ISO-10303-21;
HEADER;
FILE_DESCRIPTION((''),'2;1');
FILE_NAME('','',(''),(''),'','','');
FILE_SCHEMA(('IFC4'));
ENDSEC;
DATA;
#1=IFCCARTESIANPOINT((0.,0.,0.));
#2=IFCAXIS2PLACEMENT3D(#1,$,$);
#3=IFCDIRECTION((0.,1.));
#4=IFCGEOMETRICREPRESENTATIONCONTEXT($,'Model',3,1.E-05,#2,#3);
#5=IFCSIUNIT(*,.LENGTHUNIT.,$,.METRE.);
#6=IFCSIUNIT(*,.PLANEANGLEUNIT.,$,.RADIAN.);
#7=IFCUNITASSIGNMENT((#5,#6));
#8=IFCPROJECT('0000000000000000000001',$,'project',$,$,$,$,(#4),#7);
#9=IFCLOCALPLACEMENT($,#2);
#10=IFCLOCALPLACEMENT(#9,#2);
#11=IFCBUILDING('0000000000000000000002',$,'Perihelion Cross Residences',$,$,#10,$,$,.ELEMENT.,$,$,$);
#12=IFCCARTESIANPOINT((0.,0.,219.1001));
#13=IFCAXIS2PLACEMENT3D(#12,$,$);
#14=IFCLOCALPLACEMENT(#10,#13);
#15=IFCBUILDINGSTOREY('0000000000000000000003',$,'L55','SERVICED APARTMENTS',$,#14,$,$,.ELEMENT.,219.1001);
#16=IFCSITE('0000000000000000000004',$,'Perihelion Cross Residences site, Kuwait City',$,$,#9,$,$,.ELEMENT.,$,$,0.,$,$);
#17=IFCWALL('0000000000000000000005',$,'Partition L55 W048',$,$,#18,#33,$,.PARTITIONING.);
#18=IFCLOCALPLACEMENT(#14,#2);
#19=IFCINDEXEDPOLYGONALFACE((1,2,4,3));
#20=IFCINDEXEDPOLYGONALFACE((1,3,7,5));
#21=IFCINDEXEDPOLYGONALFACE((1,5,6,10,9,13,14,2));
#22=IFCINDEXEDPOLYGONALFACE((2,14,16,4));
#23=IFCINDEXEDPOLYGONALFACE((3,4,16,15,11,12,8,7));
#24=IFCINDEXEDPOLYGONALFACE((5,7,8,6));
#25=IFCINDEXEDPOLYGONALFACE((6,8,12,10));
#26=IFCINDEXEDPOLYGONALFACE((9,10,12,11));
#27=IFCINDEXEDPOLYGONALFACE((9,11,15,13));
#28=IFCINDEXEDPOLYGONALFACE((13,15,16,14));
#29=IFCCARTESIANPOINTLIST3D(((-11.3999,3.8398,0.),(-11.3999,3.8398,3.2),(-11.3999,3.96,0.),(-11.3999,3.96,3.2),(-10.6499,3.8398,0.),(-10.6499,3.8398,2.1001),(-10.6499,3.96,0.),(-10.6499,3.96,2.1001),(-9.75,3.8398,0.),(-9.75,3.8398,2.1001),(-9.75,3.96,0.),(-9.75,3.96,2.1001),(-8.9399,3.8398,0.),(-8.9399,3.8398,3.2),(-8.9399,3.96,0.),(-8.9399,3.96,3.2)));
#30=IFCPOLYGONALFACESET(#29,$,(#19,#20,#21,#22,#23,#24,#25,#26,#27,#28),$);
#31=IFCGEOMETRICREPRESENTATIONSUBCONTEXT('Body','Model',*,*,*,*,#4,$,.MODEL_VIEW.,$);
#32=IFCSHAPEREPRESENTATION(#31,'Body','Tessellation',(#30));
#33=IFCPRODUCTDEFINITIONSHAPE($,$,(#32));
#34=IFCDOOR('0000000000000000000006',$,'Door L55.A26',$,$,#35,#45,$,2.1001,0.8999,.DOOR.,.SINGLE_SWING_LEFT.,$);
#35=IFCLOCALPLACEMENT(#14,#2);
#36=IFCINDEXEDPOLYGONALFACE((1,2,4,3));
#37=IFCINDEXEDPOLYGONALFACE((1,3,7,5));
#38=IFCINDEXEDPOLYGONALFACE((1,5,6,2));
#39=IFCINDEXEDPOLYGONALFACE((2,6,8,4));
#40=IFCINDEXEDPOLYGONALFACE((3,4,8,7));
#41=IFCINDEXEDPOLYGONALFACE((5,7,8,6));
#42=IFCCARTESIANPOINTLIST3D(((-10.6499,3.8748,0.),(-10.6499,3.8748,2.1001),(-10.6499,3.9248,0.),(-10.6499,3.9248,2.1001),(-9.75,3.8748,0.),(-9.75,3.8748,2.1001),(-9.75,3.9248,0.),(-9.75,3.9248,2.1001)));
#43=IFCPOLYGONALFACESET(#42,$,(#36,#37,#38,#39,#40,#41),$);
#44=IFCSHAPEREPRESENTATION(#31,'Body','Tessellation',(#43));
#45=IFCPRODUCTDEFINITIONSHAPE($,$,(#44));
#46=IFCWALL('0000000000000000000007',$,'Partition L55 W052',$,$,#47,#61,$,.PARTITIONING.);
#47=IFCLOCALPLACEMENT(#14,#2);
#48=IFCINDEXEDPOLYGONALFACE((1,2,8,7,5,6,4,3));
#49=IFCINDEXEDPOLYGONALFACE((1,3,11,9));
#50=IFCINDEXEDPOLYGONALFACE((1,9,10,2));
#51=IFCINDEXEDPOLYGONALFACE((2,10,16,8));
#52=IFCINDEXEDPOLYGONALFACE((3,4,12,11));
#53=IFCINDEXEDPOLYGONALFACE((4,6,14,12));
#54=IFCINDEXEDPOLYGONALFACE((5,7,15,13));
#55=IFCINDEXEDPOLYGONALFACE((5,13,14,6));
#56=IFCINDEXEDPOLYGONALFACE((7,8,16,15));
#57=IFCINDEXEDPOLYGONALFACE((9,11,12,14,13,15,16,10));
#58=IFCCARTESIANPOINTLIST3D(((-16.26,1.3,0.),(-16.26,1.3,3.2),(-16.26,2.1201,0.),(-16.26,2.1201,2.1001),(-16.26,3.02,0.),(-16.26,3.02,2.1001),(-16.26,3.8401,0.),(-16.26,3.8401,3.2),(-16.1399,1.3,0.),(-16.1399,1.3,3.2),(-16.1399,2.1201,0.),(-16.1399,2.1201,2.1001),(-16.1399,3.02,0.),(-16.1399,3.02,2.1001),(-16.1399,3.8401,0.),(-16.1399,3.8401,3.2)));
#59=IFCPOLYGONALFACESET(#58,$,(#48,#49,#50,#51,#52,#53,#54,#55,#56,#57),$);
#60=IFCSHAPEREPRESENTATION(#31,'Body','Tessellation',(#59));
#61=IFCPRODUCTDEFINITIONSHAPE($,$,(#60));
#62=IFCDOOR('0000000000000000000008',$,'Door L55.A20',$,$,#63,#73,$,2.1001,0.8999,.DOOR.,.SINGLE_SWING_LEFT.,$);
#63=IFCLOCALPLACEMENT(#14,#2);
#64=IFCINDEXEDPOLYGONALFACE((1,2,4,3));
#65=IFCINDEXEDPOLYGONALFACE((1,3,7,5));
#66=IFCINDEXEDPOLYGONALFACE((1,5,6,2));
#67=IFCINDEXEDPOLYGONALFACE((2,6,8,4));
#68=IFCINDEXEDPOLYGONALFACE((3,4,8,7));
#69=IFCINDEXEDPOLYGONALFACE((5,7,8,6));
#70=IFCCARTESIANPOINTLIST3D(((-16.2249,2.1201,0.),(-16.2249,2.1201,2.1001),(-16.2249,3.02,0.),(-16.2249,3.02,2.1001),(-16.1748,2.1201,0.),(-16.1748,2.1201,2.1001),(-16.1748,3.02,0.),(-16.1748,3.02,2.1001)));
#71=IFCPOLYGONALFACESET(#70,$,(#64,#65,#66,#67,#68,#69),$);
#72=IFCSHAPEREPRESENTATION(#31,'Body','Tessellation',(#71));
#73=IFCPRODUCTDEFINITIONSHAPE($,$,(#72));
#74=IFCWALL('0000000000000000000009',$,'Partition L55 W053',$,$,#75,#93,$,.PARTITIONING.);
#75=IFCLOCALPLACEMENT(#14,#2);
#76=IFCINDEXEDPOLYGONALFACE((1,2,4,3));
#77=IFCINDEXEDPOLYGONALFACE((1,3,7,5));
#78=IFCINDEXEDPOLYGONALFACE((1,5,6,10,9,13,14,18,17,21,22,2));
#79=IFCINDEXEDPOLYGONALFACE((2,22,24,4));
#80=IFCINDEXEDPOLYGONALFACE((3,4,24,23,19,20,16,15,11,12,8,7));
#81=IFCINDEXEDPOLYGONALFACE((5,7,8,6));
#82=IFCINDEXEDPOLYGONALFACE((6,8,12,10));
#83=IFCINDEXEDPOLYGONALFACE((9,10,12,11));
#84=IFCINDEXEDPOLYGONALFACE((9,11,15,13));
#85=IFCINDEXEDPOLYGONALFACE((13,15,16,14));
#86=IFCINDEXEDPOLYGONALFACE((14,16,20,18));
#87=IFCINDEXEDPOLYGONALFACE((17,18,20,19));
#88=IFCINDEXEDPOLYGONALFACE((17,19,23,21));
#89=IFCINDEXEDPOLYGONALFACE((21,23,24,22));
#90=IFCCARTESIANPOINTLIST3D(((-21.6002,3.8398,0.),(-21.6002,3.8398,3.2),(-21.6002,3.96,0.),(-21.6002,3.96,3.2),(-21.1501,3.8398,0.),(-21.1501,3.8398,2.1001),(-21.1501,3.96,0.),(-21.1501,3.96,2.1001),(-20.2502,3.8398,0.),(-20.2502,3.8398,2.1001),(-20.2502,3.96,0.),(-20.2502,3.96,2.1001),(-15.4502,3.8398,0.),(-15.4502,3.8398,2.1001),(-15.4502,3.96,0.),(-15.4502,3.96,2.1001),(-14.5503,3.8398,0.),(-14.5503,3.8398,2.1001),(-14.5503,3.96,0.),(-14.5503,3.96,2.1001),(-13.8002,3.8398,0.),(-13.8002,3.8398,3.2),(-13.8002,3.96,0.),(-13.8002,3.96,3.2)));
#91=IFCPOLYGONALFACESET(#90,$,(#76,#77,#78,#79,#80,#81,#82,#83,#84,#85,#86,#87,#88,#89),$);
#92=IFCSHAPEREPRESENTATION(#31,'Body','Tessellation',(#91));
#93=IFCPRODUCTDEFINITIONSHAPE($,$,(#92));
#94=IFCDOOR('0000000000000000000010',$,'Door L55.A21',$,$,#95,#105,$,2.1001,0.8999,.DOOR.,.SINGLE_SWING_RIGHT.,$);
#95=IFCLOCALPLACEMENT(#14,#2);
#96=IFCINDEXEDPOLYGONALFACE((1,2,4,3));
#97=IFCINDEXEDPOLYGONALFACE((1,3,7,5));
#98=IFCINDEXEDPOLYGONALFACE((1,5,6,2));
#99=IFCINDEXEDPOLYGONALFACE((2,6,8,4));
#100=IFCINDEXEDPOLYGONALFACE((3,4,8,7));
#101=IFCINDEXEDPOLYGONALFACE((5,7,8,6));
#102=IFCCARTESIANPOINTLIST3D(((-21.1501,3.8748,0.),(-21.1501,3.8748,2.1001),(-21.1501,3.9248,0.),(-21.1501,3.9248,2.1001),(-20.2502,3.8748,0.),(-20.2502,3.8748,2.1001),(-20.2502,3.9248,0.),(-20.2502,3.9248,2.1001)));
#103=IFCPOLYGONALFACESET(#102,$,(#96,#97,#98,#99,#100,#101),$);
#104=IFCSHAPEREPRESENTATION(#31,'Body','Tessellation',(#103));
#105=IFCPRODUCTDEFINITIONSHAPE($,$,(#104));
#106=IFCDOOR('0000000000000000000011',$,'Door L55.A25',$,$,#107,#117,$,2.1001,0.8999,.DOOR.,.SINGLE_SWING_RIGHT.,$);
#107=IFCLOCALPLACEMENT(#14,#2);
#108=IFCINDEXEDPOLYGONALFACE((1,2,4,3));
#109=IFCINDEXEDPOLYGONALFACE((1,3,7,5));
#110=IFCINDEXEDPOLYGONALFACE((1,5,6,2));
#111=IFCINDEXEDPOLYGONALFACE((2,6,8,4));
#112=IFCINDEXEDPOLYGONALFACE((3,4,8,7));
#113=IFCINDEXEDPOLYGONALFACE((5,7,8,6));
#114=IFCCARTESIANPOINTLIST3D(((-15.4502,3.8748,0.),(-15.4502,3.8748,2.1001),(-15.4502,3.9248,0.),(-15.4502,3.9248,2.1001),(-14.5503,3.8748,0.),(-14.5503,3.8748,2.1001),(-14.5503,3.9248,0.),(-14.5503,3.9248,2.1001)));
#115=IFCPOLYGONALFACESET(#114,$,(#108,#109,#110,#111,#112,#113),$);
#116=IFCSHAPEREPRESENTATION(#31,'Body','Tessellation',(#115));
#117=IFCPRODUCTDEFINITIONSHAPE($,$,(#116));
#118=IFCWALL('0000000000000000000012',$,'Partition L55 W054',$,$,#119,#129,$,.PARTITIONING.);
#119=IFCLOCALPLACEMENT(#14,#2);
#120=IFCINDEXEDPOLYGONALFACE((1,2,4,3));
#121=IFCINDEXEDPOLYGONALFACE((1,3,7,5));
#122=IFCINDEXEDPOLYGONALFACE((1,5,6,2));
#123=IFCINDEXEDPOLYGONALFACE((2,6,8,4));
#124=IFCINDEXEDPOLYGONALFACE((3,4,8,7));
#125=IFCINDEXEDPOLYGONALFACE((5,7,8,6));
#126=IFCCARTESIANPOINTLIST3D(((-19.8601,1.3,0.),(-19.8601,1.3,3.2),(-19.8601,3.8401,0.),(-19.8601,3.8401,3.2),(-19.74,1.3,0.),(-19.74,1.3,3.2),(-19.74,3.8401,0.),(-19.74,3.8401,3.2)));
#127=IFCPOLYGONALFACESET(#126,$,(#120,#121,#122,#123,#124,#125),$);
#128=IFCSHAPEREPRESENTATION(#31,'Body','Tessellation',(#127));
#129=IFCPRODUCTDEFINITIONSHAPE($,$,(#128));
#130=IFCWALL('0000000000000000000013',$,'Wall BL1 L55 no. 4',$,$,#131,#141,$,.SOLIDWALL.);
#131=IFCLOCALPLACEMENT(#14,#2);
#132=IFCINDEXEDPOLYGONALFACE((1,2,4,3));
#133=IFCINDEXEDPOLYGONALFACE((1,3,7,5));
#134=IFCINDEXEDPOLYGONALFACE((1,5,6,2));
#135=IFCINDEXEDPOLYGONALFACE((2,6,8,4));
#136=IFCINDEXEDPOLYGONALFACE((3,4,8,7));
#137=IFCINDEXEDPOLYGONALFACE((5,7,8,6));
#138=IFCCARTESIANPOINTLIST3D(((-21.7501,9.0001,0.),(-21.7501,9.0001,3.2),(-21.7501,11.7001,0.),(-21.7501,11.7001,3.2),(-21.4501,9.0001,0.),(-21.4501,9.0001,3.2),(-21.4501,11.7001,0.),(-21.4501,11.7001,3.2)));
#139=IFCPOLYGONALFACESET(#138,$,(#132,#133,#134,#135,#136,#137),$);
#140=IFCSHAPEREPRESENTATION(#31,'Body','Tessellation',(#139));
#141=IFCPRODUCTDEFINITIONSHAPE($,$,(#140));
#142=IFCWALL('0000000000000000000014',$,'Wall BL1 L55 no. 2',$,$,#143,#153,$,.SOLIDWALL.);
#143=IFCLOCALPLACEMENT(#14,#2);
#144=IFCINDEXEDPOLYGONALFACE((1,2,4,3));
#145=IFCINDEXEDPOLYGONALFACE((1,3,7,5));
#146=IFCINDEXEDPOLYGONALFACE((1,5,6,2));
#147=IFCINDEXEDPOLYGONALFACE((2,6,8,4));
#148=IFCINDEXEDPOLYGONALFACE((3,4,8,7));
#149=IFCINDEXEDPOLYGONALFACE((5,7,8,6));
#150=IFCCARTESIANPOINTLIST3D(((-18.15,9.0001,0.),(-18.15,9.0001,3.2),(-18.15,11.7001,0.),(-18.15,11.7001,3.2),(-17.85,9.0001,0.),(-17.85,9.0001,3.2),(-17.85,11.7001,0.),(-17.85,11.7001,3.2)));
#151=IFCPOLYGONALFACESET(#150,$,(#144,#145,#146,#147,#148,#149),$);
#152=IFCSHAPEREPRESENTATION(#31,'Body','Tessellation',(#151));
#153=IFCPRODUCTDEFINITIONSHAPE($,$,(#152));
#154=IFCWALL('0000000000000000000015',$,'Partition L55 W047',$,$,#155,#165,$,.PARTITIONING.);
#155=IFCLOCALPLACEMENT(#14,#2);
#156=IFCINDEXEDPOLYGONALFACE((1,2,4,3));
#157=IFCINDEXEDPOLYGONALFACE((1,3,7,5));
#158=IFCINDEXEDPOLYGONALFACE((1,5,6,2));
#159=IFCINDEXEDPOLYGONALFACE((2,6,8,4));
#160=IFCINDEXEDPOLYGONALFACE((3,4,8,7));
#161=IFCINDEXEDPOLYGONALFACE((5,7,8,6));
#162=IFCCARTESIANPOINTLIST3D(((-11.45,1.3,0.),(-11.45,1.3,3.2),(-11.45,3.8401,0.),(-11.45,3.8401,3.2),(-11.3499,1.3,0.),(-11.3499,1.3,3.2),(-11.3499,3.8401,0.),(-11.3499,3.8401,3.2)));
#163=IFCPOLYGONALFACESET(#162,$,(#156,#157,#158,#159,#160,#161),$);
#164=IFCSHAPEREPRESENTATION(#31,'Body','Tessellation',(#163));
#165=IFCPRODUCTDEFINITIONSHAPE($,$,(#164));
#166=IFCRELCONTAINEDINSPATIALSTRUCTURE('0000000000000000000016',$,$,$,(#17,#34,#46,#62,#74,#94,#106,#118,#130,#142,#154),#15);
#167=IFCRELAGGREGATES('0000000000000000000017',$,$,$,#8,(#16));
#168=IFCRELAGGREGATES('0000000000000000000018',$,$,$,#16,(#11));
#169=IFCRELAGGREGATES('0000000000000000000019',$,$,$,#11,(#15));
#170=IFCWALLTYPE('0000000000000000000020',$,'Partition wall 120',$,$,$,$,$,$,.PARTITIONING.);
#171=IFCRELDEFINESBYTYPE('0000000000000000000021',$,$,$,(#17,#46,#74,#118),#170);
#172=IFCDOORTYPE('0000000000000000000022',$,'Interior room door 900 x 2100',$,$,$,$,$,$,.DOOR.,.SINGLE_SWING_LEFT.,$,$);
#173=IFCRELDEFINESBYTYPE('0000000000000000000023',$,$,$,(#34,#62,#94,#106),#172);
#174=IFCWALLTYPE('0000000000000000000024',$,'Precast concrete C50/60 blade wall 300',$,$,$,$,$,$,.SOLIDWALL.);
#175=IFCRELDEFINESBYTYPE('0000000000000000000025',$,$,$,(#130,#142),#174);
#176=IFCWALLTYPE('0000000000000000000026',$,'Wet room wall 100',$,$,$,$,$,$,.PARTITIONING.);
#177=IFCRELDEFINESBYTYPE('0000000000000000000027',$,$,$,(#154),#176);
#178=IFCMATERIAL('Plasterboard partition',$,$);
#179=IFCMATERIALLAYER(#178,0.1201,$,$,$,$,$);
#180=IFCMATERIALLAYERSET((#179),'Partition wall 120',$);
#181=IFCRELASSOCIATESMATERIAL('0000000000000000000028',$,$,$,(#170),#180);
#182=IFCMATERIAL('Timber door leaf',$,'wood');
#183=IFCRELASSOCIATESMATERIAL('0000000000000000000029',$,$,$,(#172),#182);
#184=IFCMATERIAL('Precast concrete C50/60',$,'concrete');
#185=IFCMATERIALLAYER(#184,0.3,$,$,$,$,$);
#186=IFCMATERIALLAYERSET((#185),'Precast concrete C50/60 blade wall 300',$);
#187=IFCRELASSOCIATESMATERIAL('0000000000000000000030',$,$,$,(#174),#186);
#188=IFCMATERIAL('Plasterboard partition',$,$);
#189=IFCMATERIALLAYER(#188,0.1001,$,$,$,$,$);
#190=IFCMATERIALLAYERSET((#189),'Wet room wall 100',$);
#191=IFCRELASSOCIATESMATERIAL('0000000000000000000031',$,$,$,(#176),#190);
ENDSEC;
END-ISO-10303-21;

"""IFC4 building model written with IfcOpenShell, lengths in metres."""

from ifc_helpers import new_model, si_unit, direction, frame, frame_2d, origin, place, context, subcontext, project, spatial, rectangle, extrude, material, layer, layer_set, type_object, element, fill, save


model = new_model("IFC4")

# Units and contexts
model_context = context("Model", 3, precision=1e-05, world=origin(), true_north=direction((0.0, 1.0)))
body_context = subcontext(model_context, "Body", "Model", "MODEL_VIEW")
ifc_project = project(units=[si_unit("LENGTHUNIT", "METRE"), si_unit("PLANEANGLEUNIT", "RADIAN")], contexts=[model_context])

# Site, building, storey
site_placement = place(None, origin())
site = spatial("IfcSite", under=ifc_project, at=site_placement, Name="Perihelion Cross Residences site, Kuwait City", CompositionType="ELEMENT", RefElevation=0.0)
building_placement = place(site_placement, origin())
building = spatial("IfcBuilding", under=site, at=building_placement, Name="Perihelion Cross Residences", CompositionType="ELEMENT")
storey_placement = place(building_placement, frame((0.0, 0.0, 219.1001)))
storey = spatial("IfcBuildingStorey", under=building, at=storey_placement, Name="L55", Description="SERVICED APARTMENTS", CompositionType="ELEMENT", Elevation=219.1001)

# Walls, openings, doors
ifc_material_1 = material(Name="Plasterboard partition")
ifc_layer_1 = layer(ifc_material_1, 0.1201)
ifc_layer_set_1 = layer_set([ifc_layer_1], Name="Partition wall 120")
wall_type_1 = type_object("IfcWallType", Name="Partition wall 120", PredefinedType="PARTITIONING", material=ifc_layer_set_1)
wall_1_placement = place(storey_placement, frame((-11.3999, 3.8999, 0.0), z_axis=(0.0, 0.0, 1.0), x_axis=(1.0, 0.0, 0.0)))
wall_1 = element("IfcWall", 1, at=wall_1_placement, inside=storey, type_object=wall_type_1, Name="Partition L55 W048", PredefinedType="PARTITIONING", context=body_context, shape_type="SweptSolid", body=[
    extrude(rectangle(XDim=2.46, YDim=0.1201, at=frame_2d((1.23, 0.0))), origin(), (0.0, 0.0, 1.0), 3.2),
])
opening_1_placement = place(wall_1_placement, frame((0.75, 0.0, 0.0)))
opening_1 = element("IfcOpeningElement", 2, at=opening_1_placement, cuts=wall_1, PredefinedType="OPENING", context=body_context, shape_type="SweptSolid", body=[
    extrude(rectangle(XDim=0.8999, YDim=2.1001, at=frame_2d((0.45, 1.05))), frame((0.0, 0.0701, 0.0), z_axis=(0.0, -1.0, 0.0), x_axis=(1.0, 0.0, 0.0)), (0.0, 0.0, 1.0), 0.1401),
])
ifc_material_2 = material(Name="Timber door leaf", Category="wood")
door_type_1 = type_object("IfcDoorType", Name="Interior room door 900 x 2100", OperationType="SINGLE_SWING_LEFT", PredefinedType="DOOR", material=ifc_material_2)
door_1_placement = place(opening_1_placement, origin())
door_1 = element("IfcDoor", 3, at=door_1_placement, inside=storey, type_object=door_type_1, Name="Door L55.A26", OperationType="SINGLE_SWING_LEFT", OverallHeight=2.1001, OverallWidth=0.8999, PredefinedType="DOOR", context=body_context, shape_type="SweptSolid", body=[
    extrude(rectangle(XDim=0.8999, YDim=2.1001, at=frame_2d((0.45, 1.05))), frame((0.0, 0.0249, 0.0), z_axis=(0.0, -1.0, 0.0), x_axis=(1.0, 0.0, 0.0)), (0.0, 0.0, 1.0), 0.05),
])
fill(opening_1, door_1)
wall_2_placement = place(storey_placement, frame((-16.2, 1.3, 0.0), z_axis=(0.0, 0.0, 1.0), x_axis=(0.0, 1.0, 0.0)))
wall_2 = element("IfcWall", 4, at=wall_2_placement, inside=storey, type_object=wall_type_1, Name="Partition L55 W052", PredefinedType="PARTITIONING", context=body_context, shape_type="SweptSolid", body=[
    extrude(rectangle(XDim=2.54, YDim=0.1201, at=frame_2d((1.27, 0.0))), origin(), (0.0, 0.0, 1.0), 3.2),
])
opening_2_placement = place(wall_2_placement, frame((0.8201, 0.0, 0.0)))
opening_2 = element("IfcOpeningElement", 5, at=opening_2_placement, cuts=wall_2, PredefinedType="OPENING", context=body_context, shape_type="SweptSolid", body=[
    extrude(rectangle(XDim=0.8999, YDim=2.1001, at=frame_2d((0.45, 1.05))), frame((0.0, 0.0701, 0.0), z_axis=(0.0, -1.0, 0.0), x_axis=(1.0, 0.0, 0.0)), (0.0, 0.0, 1.0), 0.1401),
])
door_2_placement = place(opening_2_placement, origin())
door_2 = element("IfcDoor", 6, at=door_2_placement, inside=storey, type_object=door_type_1, Name="Door L55.A20", OperationType="SINGLE_SWING_LEFT", OverallHeight=2.1001, OverallWidth=0.8999, PredefinedType="DOOR", context=body_context, shape_type="SweptSolid", body=[
    extrude(rectangle(XDim=0.8999, YDim=2.1001, at=frame_2d((0.45, 1.05))), frame((0.0, 0.0249, 0.0), z_axis=(0.0, -1.0, 0.0), x_axis=(1.0, 0.0, 0.0)), (0.0, 0.0, 1.0), 0.05),
])
fill(opening_2, door_2)

# Wall, openings, doors
wall_3_placement = place(storey_placement, frame((-21.6001, 3.8999, 0.0), z_axis=(0.0, 0.0, 1.0), x_axis=(1.0, 0.0, 0.0)))
wall_3 = element("IfcWall", 7, at=wall_3_placement, inside=storey, type_object=wall_type_1, Name="Partition L55 W053", PredefinedType="PARTITIONING", context=body_context, shape_type="SweptSolid", body=[
    extrude(rectangle(XDim=7.8, YDim=0.1201, at=frame_2d((3.8999, 0.0))), origin(), (0.0, 0.0, 1.0), 3.2),
])
opening_3_placement = place(wall_3_placement, frame((0.45, 0.0, 0.0)))
opening_3 = element("IfcOpeningElement", 8, at=opening_3_placement, cuts=wall_3, PredefinedType="OPENING", context=body_context, shape_type="SweptSolid", body=[
    extrude(rectangle(XDim=0.8999, YDim=2.1001, at=frame_2d((0.45, 1.05))), frame((0.0, 0.0701, 0.0), z_axis=(0.0, -1.0, 0.0), x_axis=(1.0, 0.0, 0.0)), (0.0, 0.0, 1.0), 0.1401),
])
opening_4_placement = place(wall_3_placement, frame((6.1499, 0.0, 0.0)))
opening_4 = element("IfcOpeningElement", 9, at=opening_4_placement, cuts=wall_3, PredefinedType="OPENING", context=body_context, shape_type="SweptSolid", body=[
    extrude(rectangle(XDim=0.8999, YDim=2.1001, at=frame_2d((0.45, 1.05))), frame((0.0, 0.0701, 0.0), z_axis=(0.0, -1.0, 0.0), x_axis=(1.0, 0.0, 0.0)), (0.0, 0.0, 1.0), 0.1401),
])
door_3_placement = place(opening_3_placement, origin())
door_3 = element("IfcDoor", 10, at=door_3_placement, inside=storey, type_object=door_type_1, Name="Door L55.A21", OperationType="SINGLE_SWING_RIGHT", OverallHeight=2.1001, OverallWidth=0.8999, PredefinedType="DOOR", context=body_context, shape_type="SweptSolid", body=[
    extrude(rectangle(XDim=0.8999, YDim=2.1001, at=frame_2d((0.45, 1.05))), frame((0.0, 0.0249, 0.0), z_axis=(0.0, -1.0, 0.0), x_axis=(1.0, 0.0, 0.0)), (0.0, 0.0, 1.0), 0.05),
])
fill(opening_3, door_3)
door_4_placement = place(opening_4_placement, origin())
door_4 = element("IfcDoor", 11, at=door_4_placement, inside=storey, type_object=door_type_1, Name="Door L55.A25", OperationType="SINGLE_SWING_RIGHT", OverallHeight=2.1001, OverallWidth=0.8999, PredefinedType="DOOR", context=body_context, shape_type="SweptSolid", body=[
    extrude(rectangle(XDim=0.8999, YDim=2.1001, at=frame_2d((0.45, 1.05))), frame((0.0, 0.0249, 0.0), z_axis=(0.0, -1.0, 0.0), x_axis=(1.0, 0.0, 0.0)), (0.0, 0.0, 1.0), 0.05),
])
fill(opening_4, door_4)

# Walls
wall_4_placement = place(storey_placement, frame((-19.8, 1.3, 0.0), z_axis=(0.0, 0.0, 1.0), x_axis=(0.0, 1.0, 0.0)))
element("IfcWall", 12, at=wall_4_placement, inside=storey, type_object=wall_type_1, Name="Partition L55 W054", PredefinedType="PARTITIONING", context=body_context, shape_type="SweptSolid", body=[
    extrude(rectangle(XDim=2.54, YDim=0.1201, at=frame_2d((1.27, 0.0))), origin(), (0.0, 0.0, 1.0), 3.2),
])
ifc_material_3 = material(Name="Precast concrete C50/60", Category="concrete")
ifc_layer_2 = layer(ifc_material_3, 0.3)
ifc_layer_set_2 = layer_set([ifc_layer_2], Name="Precast concrete C50/60 blade wall 300")
wall_type_2 = type_object("IfcWallType", Name="Precast concrete C50/60 blade wall 300", PredefinedType="SOLIDWALL", material=ifc_layer_set_2)
for number, where, z_axis, x_axis, name in (
    (13, (-21.6001, 9.0, 0.0), (0.0, 0.0, 1.0), (0.0, 1.0, 0.0), "Wall BL1 L55 no. 4"),
    (14, (-18.0, 9.0, 0.0), (0.0, 0.0, 1.0), (0.0, 1.0, 0.0), "Wall BL1 L55 no. 2"),
):
    element("IfcWall", number, at=place(storey_placement, frame(where, z_axis=z_axis, x_axis=x_axis)), inside=storey, type_object=wall_type_2, Name=name, PredefinedType="SOLIDWALL", context=body_context, shape_type="SweptSolid", body=[
        extrude(rectangle(XDim=2.7, YDim=0.3, at=frame_2d((1.3501, 0.0))), origin(), (0.0, 0.0, 1.0), 3.2),
    ])
ifc_material_4 = material(Name="Plasterboard partition")
ifc_layer_3 = layer(ifc_material_4, 0.1001)
ifc_layer_set_3 = layer_set([ifc_layer_3], Name="Wet room wall 100")
wall_type_3 = type_object("IfcWallType", Name="Wet room wall 100", PredefinedType="PARTITIONING", material=ifc_layer_set_3)
wall_5_placement = place(storey_placement, frame((-11.3999, 1.3, 0.0), z_axis=(0.0, 0.0, 1.0), x_axis=(0.0, 1.0, 0.0)))
element("IfcWall", 15, at=wall_5_placement, inside=storey, type_object=wall_type_3, Name="Partition L55 W047", PredefinedType="PARTITIONING", context=body_context, shape_type="SweptSolid", body=[
    extrude(rectangle(XDim=2.54, YDim=0.1001, at=frame_2d((1.27, 0.0))), origin(), (0.0, 0.0, 1.0), 3.2),
])

save(model, "model.ifc")
